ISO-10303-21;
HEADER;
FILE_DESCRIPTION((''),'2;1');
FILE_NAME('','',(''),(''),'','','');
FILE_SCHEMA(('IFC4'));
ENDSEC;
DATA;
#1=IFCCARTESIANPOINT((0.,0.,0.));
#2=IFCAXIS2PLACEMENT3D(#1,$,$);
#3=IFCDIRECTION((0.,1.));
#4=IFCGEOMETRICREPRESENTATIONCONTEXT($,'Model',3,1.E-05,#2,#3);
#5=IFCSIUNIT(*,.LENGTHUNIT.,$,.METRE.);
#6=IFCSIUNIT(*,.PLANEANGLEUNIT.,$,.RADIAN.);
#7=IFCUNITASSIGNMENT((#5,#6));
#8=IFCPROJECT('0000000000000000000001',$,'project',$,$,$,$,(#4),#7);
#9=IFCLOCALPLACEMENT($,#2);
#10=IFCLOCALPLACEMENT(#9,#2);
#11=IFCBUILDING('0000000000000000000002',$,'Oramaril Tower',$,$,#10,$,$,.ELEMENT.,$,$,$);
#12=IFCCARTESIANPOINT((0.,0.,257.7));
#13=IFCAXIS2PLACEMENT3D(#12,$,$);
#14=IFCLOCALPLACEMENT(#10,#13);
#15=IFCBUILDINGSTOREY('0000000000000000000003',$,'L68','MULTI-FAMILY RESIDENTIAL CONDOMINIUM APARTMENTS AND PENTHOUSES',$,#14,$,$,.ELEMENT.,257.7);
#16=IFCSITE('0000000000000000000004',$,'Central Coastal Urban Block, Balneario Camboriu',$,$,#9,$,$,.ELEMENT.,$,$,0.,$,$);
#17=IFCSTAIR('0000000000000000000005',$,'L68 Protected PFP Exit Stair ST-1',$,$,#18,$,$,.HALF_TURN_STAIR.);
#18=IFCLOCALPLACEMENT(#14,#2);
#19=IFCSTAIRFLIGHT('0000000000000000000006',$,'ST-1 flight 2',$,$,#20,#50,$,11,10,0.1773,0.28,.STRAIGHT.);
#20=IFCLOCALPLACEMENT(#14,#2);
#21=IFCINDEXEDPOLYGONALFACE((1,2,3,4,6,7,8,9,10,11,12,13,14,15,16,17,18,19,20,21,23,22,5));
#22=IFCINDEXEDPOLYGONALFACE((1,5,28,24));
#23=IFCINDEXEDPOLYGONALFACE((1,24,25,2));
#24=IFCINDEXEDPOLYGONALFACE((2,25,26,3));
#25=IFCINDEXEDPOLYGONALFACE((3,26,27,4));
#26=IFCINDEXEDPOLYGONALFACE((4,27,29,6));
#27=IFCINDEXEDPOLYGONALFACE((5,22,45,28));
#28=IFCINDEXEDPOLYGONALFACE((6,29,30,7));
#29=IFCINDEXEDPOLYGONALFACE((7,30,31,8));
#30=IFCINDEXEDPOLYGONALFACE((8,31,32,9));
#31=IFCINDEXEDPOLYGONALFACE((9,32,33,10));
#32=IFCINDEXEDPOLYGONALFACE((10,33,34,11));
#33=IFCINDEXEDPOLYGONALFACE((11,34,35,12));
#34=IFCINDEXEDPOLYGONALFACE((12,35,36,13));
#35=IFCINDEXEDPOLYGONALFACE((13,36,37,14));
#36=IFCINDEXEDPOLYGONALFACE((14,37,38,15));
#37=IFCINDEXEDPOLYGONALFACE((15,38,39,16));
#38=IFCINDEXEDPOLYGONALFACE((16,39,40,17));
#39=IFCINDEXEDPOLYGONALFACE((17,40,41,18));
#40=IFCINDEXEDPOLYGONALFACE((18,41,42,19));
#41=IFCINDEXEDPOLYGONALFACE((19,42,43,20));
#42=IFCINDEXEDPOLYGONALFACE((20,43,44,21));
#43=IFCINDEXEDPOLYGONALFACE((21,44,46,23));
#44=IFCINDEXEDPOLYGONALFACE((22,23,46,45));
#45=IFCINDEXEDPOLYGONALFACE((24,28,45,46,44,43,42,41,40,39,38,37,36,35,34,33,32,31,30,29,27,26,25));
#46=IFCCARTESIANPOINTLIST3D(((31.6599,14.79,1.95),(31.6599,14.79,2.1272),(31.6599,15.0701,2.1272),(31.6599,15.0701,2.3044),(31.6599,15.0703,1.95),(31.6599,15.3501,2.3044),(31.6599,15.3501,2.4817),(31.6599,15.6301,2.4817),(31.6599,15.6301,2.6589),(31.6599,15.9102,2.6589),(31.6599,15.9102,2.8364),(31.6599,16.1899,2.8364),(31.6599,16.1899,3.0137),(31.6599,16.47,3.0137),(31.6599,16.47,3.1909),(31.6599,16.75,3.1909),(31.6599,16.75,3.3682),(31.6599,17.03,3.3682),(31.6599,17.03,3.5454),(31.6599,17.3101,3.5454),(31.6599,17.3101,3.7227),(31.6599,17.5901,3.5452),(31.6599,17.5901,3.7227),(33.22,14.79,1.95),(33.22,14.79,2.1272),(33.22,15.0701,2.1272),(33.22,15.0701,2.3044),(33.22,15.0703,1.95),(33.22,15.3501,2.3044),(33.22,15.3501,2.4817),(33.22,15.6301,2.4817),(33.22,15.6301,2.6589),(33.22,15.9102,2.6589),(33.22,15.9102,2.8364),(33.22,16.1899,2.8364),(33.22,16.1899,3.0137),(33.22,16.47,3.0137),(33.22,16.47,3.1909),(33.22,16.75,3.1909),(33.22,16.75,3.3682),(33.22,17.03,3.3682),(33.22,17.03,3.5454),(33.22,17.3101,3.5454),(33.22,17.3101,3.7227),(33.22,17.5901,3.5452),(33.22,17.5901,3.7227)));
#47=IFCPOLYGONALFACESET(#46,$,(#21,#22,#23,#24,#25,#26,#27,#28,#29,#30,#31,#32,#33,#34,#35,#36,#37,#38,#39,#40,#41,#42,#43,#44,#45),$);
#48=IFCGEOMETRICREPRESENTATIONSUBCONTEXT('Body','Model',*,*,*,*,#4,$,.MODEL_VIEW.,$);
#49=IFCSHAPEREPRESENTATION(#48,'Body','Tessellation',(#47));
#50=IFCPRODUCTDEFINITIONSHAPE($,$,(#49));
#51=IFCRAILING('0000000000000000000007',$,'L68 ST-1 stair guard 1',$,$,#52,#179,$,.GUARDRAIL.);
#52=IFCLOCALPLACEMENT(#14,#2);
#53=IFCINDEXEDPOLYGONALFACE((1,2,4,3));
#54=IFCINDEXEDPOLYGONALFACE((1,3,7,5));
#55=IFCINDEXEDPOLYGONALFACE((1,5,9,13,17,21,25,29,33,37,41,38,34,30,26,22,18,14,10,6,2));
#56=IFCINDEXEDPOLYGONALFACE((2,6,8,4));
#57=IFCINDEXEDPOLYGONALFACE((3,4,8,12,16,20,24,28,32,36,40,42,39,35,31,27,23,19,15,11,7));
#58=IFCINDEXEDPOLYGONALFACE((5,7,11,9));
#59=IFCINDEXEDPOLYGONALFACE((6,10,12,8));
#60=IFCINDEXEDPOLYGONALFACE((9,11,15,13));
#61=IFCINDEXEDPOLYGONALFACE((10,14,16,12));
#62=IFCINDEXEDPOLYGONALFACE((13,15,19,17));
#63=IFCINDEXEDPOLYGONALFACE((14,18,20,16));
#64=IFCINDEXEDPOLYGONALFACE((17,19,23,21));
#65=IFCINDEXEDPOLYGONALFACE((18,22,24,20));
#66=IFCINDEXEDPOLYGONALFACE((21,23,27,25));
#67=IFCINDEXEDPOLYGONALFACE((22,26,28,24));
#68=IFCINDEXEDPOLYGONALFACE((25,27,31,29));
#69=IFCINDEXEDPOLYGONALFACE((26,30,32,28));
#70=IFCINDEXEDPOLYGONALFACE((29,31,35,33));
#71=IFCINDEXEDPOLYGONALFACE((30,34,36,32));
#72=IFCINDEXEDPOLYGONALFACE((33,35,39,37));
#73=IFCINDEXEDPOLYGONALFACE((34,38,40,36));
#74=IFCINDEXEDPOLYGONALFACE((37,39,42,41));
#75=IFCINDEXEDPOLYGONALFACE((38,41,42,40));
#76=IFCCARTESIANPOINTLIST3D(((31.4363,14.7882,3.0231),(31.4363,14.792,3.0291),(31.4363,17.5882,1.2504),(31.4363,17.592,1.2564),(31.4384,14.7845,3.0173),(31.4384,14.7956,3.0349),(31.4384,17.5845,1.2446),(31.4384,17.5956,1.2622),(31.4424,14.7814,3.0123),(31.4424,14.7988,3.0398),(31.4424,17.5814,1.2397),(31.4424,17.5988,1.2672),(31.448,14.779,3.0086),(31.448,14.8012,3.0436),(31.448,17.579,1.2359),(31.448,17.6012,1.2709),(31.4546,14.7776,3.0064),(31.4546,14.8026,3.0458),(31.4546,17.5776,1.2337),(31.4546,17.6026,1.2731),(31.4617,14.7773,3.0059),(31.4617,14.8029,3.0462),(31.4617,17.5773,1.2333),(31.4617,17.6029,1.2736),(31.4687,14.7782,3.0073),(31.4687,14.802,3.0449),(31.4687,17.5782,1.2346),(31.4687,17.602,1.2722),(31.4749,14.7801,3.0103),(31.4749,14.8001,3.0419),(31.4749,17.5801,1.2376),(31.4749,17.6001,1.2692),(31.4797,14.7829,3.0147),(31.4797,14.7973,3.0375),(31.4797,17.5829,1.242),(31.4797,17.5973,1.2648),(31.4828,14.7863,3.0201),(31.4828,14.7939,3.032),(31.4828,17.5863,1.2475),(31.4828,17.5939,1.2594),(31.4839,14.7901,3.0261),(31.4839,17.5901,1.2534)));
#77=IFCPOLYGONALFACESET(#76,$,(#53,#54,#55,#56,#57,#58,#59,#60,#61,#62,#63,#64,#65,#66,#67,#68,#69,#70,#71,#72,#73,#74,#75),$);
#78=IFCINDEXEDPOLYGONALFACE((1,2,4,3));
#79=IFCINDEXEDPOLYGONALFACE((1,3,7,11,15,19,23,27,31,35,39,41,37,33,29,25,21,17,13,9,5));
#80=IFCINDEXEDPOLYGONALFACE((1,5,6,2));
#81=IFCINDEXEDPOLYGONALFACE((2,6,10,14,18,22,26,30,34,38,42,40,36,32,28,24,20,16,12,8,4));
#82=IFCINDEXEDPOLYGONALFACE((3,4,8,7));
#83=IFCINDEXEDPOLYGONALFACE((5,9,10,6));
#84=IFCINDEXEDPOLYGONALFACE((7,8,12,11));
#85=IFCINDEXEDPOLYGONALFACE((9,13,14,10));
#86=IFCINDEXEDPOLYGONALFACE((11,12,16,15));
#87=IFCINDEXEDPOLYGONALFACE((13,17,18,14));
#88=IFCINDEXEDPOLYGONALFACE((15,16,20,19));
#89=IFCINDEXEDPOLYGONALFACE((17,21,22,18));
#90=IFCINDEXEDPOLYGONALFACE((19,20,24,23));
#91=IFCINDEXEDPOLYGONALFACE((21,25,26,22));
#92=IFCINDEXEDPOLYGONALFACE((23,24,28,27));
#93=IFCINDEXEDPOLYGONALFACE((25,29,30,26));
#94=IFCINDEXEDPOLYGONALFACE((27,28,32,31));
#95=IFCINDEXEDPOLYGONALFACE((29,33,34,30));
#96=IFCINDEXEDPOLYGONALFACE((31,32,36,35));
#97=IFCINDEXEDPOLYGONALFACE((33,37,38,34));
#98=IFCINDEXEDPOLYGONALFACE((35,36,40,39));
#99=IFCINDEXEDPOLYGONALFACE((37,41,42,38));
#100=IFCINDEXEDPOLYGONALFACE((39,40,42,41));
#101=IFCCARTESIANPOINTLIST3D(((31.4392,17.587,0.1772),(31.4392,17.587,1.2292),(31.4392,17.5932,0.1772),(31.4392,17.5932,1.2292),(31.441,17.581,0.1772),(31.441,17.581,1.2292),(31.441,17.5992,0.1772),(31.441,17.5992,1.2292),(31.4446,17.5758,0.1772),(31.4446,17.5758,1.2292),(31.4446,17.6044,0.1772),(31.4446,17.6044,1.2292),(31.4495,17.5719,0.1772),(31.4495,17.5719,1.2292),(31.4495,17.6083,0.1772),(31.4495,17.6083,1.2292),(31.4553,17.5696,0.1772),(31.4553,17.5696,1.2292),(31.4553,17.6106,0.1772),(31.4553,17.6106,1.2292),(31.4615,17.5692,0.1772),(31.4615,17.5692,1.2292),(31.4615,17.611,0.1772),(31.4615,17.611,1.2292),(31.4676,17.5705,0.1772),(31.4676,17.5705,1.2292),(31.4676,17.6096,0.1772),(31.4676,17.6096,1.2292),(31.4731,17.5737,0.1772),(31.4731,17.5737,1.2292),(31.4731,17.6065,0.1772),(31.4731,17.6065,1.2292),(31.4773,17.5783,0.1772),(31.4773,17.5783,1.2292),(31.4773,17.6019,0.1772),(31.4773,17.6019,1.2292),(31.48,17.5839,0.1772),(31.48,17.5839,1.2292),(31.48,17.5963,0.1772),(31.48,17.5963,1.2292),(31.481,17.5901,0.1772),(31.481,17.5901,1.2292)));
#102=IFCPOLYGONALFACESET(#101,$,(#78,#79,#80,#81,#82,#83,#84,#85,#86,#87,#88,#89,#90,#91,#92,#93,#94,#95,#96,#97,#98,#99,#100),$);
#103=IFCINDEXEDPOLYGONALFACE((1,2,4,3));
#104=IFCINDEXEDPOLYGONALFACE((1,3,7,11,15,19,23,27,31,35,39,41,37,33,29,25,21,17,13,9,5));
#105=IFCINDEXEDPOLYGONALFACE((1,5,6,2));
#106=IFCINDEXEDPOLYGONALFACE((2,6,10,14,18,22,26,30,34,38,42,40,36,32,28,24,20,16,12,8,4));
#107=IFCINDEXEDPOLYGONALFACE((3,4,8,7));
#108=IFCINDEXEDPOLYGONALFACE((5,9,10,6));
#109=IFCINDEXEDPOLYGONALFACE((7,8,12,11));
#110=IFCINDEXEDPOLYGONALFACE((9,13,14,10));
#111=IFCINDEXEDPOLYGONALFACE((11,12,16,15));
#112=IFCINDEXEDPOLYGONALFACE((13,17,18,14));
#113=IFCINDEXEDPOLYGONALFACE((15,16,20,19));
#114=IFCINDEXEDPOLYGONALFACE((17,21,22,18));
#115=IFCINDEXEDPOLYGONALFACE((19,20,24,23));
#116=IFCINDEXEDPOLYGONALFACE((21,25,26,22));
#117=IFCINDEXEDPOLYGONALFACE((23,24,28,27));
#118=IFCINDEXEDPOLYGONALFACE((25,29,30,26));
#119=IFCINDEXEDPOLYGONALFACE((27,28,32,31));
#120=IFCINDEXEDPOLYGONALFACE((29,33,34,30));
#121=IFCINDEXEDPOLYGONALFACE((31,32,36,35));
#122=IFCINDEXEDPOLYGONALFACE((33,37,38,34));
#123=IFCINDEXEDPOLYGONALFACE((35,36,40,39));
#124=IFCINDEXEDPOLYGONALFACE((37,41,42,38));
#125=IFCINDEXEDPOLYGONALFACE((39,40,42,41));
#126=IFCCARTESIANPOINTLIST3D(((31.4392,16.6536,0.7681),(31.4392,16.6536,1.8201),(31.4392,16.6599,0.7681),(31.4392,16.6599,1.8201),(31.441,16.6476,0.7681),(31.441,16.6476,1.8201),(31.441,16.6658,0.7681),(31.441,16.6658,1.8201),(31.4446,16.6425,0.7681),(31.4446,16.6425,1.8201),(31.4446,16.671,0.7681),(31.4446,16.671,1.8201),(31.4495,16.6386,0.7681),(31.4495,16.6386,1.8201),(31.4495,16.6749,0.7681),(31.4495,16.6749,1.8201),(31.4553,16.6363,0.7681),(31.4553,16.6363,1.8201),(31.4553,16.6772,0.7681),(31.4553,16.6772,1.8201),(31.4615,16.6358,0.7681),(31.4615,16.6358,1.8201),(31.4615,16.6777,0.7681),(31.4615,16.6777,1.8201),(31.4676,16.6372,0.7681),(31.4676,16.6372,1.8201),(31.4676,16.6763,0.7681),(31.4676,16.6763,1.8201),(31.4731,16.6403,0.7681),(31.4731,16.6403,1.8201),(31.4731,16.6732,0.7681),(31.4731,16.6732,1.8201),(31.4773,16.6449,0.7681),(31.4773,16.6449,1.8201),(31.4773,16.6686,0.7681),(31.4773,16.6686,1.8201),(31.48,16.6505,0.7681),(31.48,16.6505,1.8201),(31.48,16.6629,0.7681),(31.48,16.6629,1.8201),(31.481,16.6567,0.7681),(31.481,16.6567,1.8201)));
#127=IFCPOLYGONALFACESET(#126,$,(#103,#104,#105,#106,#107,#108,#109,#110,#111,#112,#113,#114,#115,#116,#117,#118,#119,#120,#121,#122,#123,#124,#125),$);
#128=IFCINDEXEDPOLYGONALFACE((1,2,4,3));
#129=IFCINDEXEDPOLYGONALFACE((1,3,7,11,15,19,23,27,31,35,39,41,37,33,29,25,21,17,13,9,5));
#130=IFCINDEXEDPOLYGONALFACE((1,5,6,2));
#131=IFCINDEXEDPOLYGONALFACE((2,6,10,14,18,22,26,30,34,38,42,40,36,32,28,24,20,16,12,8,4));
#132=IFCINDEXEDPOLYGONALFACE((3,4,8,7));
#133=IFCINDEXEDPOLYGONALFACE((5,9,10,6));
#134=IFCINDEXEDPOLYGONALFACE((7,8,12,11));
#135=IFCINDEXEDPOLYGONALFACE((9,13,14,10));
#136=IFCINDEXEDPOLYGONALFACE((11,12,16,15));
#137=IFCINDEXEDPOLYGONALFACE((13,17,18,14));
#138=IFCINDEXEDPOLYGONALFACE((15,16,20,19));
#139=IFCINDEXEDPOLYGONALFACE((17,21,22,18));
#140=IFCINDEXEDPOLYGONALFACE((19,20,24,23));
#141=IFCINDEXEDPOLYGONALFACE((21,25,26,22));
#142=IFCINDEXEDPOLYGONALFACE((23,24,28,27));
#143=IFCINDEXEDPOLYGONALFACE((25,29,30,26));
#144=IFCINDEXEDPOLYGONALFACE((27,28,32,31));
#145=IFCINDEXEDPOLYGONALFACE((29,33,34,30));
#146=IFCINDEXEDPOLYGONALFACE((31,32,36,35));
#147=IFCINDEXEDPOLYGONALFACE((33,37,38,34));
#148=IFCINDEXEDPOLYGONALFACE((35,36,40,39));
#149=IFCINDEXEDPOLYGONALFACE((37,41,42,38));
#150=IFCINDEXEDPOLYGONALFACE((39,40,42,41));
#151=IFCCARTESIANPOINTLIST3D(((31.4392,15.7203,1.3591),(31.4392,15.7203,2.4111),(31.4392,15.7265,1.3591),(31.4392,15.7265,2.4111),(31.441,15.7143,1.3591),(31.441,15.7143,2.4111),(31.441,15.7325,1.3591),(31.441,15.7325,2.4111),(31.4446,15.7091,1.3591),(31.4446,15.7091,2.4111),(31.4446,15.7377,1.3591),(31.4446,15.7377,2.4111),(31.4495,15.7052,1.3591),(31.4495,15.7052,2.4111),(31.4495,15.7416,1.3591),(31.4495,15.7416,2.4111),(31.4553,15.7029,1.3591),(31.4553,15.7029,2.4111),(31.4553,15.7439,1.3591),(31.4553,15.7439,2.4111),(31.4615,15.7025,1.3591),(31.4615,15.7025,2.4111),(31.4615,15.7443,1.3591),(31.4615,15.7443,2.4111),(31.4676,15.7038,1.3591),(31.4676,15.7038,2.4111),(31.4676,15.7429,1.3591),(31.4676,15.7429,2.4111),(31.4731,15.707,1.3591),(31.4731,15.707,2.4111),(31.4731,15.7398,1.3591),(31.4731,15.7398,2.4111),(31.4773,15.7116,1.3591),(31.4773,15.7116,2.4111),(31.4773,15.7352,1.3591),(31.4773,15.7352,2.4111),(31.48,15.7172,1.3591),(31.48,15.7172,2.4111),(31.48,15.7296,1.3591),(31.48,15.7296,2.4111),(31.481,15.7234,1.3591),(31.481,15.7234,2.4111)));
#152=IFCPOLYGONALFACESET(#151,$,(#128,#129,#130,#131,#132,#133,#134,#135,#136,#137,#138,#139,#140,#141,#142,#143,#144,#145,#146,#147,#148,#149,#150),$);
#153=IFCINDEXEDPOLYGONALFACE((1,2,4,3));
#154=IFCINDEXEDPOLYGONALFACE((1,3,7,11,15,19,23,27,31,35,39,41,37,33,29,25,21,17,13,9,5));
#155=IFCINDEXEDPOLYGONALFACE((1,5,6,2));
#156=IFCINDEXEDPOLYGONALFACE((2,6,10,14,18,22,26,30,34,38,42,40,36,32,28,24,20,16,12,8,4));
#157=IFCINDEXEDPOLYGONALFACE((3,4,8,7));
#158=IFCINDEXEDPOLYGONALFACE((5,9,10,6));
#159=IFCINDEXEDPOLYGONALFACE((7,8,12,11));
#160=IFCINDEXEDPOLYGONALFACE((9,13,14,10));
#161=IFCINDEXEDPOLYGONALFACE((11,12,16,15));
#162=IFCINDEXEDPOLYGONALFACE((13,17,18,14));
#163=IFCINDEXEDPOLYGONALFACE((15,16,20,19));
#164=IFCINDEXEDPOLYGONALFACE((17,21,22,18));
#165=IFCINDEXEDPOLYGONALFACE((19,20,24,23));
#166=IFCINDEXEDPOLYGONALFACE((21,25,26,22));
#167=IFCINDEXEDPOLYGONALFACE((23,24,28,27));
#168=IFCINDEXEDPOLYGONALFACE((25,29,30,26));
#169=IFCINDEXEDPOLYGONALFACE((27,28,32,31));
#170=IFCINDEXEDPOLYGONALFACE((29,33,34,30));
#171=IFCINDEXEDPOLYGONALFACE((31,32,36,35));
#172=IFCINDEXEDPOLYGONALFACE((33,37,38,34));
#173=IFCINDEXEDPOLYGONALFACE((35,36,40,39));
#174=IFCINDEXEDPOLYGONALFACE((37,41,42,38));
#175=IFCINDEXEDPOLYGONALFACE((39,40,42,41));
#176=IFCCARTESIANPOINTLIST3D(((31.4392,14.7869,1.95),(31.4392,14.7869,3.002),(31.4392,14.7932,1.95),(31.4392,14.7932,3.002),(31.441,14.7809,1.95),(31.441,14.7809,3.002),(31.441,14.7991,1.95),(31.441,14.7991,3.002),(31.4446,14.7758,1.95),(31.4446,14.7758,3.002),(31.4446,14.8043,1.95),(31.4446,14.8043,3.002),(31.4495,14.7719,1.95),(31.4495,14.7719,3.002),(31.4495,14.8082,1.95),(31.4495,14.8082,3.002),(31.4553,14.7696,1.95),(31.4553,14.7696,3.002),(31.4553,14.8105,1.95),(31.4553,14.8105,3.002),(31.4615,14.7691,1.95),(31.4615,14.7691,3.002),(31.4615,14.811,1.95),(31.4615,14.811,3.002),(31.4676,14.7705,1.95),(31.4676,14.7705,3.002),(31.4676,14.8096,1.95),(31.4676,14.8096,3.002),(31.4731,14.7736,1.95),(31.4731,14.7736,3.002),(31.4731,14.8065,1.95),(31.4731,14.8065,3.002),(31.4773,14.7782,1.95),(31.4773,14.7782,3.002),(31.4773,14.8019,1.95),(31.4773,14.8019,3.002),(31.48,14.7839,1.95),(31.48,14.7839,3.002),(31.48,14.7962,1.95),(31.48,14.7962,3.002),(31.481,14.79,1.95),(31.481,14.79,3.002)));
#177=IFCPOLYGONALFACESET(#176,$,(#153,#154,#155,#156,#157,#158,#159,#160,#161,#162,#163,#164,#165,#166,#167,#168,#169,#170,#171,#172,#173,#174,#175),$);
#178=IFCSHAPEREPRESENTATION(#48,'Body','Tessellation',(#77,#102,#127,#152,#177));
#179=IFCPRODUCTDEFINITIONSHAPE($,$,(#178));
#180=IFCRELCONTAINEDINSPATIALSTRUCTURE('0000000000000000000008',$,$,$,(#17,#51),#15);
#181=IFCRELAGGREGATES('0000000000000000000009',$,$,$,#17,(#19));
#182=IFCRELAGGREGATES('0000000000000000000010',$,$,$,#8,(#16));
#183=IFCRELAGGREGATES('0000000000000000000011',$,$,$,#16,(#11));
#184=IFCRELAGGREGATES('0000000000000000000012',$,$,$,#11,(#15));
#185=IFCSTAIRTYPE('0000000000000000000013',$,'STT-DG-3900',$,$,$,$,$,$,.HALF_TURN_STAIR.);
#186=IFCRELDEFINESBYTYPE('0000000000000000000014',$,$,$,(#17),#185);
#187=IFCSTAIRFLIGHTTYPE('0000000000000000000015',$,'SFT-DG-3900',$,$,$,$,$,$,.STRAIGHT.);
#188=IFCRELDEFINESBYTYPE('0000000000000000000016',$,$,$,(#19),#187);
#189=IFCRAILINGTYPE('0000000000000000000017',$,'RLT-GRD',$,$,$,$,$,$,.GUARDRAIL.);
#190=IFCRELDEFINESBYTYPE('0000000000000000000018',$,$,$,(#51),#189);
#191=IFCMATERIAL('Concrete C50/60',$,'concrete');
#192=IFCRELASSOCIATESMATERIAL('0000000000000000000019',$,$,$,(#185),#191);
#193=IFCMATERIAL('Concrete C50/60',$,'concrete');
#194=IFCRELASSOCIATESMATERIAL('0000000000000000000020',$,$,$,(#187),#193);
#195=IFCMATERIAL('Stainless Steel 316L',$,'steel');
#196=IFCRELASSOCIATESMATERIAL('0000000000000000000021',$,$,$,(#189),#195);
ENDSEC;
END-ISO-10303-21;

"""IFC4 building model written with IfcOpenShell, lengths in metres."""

from ifc_helpers import new_model, si_unit, direction, frame, origin, origin_2d, place, context, subcontext, project, spatial, polyline, circle, outline, extrude, material, type_object, element, aggregate, save


model = new_model("IFC4")

# Units and contexts
model_context = context("Model", 3, precision=1e-05, world=origin(), true_north=direction((0.0, 1.0)))
body_context = subcontext(model_context, "Body", "Model", "MODEL_VIEW")
ifc_project = project(units=[si_unit("LENGTHUNIT", "METRE"), si_unit("PLANEANGLEUNIT", "RADIAN")], contexts=[model_context])

# Site, building, storey
site_placement = place(None, origin())
site = spatial("IfcSite", under=ifc_project, at=site_placement, Name="Central Coastal Urban Block, Balneario Camboriu", CompositionType="ELEMENT", RefElevation=0.0)
building_placement = place(site_placement, origin())
building = spatial("IfcBuilding", under=site, at=building_placement, Name="Oramaril Tower", CompositionType="ELEMENT")
storey_placement = place(building_placement, frame((0.0, 0.0, 257.7)))
storey = spatial("IfcBuildingStorey", under=building, at=storey_placement, Name="L68", Description="MULTI-FAMILY RESIDENTIAL CONDOMINIUM APARTMENTS AND PENTHOUSES", CompositionType="ELEMENT", Elevation=257.7)

# Stair, stair flight
ifc_material_1 = material(Name="Concrete C50/60", Category="concrete")
stair_type = type_object("IfcStairType", Name="STT-DG-3900", PredefinedType="HALF_TURN_STAIR", material=ifc_material_1)
stair_placement = place(storey_placement, origin())
stair = element("IfcStair", 1, at=stair_placement, inside=storey, type_object=stair_type, Name="L68 Protected PFP Exit Stair ST-1", PredefinedType="HALF_TURN_STAIR")
ifc_material_2 = material(Name="Concrete C50/60", Category="concrete")
stair_flight_type = type_object("IfcStairFlightType", Name="SFT-DG-3900", PredefinedType="STRAIGHT", material=ifc_material_2)
stair_flight_1_placement = place(storey_placement, frame((32.4399, 14.79, 1.95), z_axis=(0.0, 0.0, 1.0), x_axis=(0.0, 1.0, 0.0)))
stair_flight_1 = element("IfcStairFlight", 2, at=stair_flight_1_placement, type_object=stair_flight_type, Name="ST-1 flight 2", NumberOfRisers=11, NumberOfTreads=10, PredefinedType="STRAIGHT", RiserHeight=0.1773, TreadLength=0.28, context=body_context, shape_type="SweptSolid", body=[
    extrude(outline(polyline([(0.0, 0.0), (0.0, 0.1772), (0.28, 0.1772), (0.28, 0.3545), (0.5601, 0.3545), (0.5601, 0.5317), (0.8401, 0.5317), (0.8401, 0.709), (1.1201, 0.709), (1.1201, 0.8865), (1.3999, 0.8865), (1.3999, 1.0637), (1.6799, 1.0637), (1.6799, 1.241), (1.96, 1.241), (1.96, 1.4182), (2.24, 1.4182), (2.24, 1.5955), (2.52, 1.5955), (2.52, 1.7727), (2.8, 1.7727), (2.8, 1.95), (2.8, 1.5952), (0.2803, 0.0), (0.0, 0.0)])), frame((0.0, 0.78, 0.0), z_axis=(0.0, -1.0, 0.0), x_axis=(1.0, 0.0, 0.0)), (0.0, 0.0, 1.0), 1.5601),
])
aggregate(stair, [stair_flight_1])

# Railing
ifc_material_3 = material(Name="Stainless Steel 316L", Category="steel")
railing_type_1 = type_object("IfcRailingType", Name="RLT-GRD", PredefinedType="GUARDRAIL", material=ifc_material_3)
railing_1_placement = place(storey_placement, frame((31.46, 17.5901, 0.1772)))
element("IfcRailing", 3, at=railing_1_placement, inside=storey, type_object=railing_type_1, Name="L68 ST-1 stair guard 1", PredefinedType="GUARDRAIL", context=body_context, shape_type="SweptSolid", body=[
    extrude(circle(Radius=0.0239, at=origin_2d()), frame((0.0, 0.0, 1.0762), z_axis=(0.0, -0.844909, 0.53491), x_axis=(1.0, 0.0, 0.0)), (0.0, 0.0, 1.0), 3.314),
    extrude(circle(Radius=0.021, at=origin_2d()), origin(), (0.0, 0.0, 1.0), 1.052),
    extrude(circle(Radius=0.021, at=origin_2d()), frame((0.0, -0.9333, 0.5908)), (0.0, 0.0, 1.0), 1.052),
    extrude(circle(Radius=0.021, at=origin_2d()), frame((0.0, -1.8667, 1.1819)), (0.0, 0.0, 1.0), 1.052),
    extrude(circle(Radius=0.021, at=origin_2d()), frame((0.0, -2.8, 1.7727)), (0.0, 0.0, 1.0), 1.052),
])

save(model, "model.ifc")
